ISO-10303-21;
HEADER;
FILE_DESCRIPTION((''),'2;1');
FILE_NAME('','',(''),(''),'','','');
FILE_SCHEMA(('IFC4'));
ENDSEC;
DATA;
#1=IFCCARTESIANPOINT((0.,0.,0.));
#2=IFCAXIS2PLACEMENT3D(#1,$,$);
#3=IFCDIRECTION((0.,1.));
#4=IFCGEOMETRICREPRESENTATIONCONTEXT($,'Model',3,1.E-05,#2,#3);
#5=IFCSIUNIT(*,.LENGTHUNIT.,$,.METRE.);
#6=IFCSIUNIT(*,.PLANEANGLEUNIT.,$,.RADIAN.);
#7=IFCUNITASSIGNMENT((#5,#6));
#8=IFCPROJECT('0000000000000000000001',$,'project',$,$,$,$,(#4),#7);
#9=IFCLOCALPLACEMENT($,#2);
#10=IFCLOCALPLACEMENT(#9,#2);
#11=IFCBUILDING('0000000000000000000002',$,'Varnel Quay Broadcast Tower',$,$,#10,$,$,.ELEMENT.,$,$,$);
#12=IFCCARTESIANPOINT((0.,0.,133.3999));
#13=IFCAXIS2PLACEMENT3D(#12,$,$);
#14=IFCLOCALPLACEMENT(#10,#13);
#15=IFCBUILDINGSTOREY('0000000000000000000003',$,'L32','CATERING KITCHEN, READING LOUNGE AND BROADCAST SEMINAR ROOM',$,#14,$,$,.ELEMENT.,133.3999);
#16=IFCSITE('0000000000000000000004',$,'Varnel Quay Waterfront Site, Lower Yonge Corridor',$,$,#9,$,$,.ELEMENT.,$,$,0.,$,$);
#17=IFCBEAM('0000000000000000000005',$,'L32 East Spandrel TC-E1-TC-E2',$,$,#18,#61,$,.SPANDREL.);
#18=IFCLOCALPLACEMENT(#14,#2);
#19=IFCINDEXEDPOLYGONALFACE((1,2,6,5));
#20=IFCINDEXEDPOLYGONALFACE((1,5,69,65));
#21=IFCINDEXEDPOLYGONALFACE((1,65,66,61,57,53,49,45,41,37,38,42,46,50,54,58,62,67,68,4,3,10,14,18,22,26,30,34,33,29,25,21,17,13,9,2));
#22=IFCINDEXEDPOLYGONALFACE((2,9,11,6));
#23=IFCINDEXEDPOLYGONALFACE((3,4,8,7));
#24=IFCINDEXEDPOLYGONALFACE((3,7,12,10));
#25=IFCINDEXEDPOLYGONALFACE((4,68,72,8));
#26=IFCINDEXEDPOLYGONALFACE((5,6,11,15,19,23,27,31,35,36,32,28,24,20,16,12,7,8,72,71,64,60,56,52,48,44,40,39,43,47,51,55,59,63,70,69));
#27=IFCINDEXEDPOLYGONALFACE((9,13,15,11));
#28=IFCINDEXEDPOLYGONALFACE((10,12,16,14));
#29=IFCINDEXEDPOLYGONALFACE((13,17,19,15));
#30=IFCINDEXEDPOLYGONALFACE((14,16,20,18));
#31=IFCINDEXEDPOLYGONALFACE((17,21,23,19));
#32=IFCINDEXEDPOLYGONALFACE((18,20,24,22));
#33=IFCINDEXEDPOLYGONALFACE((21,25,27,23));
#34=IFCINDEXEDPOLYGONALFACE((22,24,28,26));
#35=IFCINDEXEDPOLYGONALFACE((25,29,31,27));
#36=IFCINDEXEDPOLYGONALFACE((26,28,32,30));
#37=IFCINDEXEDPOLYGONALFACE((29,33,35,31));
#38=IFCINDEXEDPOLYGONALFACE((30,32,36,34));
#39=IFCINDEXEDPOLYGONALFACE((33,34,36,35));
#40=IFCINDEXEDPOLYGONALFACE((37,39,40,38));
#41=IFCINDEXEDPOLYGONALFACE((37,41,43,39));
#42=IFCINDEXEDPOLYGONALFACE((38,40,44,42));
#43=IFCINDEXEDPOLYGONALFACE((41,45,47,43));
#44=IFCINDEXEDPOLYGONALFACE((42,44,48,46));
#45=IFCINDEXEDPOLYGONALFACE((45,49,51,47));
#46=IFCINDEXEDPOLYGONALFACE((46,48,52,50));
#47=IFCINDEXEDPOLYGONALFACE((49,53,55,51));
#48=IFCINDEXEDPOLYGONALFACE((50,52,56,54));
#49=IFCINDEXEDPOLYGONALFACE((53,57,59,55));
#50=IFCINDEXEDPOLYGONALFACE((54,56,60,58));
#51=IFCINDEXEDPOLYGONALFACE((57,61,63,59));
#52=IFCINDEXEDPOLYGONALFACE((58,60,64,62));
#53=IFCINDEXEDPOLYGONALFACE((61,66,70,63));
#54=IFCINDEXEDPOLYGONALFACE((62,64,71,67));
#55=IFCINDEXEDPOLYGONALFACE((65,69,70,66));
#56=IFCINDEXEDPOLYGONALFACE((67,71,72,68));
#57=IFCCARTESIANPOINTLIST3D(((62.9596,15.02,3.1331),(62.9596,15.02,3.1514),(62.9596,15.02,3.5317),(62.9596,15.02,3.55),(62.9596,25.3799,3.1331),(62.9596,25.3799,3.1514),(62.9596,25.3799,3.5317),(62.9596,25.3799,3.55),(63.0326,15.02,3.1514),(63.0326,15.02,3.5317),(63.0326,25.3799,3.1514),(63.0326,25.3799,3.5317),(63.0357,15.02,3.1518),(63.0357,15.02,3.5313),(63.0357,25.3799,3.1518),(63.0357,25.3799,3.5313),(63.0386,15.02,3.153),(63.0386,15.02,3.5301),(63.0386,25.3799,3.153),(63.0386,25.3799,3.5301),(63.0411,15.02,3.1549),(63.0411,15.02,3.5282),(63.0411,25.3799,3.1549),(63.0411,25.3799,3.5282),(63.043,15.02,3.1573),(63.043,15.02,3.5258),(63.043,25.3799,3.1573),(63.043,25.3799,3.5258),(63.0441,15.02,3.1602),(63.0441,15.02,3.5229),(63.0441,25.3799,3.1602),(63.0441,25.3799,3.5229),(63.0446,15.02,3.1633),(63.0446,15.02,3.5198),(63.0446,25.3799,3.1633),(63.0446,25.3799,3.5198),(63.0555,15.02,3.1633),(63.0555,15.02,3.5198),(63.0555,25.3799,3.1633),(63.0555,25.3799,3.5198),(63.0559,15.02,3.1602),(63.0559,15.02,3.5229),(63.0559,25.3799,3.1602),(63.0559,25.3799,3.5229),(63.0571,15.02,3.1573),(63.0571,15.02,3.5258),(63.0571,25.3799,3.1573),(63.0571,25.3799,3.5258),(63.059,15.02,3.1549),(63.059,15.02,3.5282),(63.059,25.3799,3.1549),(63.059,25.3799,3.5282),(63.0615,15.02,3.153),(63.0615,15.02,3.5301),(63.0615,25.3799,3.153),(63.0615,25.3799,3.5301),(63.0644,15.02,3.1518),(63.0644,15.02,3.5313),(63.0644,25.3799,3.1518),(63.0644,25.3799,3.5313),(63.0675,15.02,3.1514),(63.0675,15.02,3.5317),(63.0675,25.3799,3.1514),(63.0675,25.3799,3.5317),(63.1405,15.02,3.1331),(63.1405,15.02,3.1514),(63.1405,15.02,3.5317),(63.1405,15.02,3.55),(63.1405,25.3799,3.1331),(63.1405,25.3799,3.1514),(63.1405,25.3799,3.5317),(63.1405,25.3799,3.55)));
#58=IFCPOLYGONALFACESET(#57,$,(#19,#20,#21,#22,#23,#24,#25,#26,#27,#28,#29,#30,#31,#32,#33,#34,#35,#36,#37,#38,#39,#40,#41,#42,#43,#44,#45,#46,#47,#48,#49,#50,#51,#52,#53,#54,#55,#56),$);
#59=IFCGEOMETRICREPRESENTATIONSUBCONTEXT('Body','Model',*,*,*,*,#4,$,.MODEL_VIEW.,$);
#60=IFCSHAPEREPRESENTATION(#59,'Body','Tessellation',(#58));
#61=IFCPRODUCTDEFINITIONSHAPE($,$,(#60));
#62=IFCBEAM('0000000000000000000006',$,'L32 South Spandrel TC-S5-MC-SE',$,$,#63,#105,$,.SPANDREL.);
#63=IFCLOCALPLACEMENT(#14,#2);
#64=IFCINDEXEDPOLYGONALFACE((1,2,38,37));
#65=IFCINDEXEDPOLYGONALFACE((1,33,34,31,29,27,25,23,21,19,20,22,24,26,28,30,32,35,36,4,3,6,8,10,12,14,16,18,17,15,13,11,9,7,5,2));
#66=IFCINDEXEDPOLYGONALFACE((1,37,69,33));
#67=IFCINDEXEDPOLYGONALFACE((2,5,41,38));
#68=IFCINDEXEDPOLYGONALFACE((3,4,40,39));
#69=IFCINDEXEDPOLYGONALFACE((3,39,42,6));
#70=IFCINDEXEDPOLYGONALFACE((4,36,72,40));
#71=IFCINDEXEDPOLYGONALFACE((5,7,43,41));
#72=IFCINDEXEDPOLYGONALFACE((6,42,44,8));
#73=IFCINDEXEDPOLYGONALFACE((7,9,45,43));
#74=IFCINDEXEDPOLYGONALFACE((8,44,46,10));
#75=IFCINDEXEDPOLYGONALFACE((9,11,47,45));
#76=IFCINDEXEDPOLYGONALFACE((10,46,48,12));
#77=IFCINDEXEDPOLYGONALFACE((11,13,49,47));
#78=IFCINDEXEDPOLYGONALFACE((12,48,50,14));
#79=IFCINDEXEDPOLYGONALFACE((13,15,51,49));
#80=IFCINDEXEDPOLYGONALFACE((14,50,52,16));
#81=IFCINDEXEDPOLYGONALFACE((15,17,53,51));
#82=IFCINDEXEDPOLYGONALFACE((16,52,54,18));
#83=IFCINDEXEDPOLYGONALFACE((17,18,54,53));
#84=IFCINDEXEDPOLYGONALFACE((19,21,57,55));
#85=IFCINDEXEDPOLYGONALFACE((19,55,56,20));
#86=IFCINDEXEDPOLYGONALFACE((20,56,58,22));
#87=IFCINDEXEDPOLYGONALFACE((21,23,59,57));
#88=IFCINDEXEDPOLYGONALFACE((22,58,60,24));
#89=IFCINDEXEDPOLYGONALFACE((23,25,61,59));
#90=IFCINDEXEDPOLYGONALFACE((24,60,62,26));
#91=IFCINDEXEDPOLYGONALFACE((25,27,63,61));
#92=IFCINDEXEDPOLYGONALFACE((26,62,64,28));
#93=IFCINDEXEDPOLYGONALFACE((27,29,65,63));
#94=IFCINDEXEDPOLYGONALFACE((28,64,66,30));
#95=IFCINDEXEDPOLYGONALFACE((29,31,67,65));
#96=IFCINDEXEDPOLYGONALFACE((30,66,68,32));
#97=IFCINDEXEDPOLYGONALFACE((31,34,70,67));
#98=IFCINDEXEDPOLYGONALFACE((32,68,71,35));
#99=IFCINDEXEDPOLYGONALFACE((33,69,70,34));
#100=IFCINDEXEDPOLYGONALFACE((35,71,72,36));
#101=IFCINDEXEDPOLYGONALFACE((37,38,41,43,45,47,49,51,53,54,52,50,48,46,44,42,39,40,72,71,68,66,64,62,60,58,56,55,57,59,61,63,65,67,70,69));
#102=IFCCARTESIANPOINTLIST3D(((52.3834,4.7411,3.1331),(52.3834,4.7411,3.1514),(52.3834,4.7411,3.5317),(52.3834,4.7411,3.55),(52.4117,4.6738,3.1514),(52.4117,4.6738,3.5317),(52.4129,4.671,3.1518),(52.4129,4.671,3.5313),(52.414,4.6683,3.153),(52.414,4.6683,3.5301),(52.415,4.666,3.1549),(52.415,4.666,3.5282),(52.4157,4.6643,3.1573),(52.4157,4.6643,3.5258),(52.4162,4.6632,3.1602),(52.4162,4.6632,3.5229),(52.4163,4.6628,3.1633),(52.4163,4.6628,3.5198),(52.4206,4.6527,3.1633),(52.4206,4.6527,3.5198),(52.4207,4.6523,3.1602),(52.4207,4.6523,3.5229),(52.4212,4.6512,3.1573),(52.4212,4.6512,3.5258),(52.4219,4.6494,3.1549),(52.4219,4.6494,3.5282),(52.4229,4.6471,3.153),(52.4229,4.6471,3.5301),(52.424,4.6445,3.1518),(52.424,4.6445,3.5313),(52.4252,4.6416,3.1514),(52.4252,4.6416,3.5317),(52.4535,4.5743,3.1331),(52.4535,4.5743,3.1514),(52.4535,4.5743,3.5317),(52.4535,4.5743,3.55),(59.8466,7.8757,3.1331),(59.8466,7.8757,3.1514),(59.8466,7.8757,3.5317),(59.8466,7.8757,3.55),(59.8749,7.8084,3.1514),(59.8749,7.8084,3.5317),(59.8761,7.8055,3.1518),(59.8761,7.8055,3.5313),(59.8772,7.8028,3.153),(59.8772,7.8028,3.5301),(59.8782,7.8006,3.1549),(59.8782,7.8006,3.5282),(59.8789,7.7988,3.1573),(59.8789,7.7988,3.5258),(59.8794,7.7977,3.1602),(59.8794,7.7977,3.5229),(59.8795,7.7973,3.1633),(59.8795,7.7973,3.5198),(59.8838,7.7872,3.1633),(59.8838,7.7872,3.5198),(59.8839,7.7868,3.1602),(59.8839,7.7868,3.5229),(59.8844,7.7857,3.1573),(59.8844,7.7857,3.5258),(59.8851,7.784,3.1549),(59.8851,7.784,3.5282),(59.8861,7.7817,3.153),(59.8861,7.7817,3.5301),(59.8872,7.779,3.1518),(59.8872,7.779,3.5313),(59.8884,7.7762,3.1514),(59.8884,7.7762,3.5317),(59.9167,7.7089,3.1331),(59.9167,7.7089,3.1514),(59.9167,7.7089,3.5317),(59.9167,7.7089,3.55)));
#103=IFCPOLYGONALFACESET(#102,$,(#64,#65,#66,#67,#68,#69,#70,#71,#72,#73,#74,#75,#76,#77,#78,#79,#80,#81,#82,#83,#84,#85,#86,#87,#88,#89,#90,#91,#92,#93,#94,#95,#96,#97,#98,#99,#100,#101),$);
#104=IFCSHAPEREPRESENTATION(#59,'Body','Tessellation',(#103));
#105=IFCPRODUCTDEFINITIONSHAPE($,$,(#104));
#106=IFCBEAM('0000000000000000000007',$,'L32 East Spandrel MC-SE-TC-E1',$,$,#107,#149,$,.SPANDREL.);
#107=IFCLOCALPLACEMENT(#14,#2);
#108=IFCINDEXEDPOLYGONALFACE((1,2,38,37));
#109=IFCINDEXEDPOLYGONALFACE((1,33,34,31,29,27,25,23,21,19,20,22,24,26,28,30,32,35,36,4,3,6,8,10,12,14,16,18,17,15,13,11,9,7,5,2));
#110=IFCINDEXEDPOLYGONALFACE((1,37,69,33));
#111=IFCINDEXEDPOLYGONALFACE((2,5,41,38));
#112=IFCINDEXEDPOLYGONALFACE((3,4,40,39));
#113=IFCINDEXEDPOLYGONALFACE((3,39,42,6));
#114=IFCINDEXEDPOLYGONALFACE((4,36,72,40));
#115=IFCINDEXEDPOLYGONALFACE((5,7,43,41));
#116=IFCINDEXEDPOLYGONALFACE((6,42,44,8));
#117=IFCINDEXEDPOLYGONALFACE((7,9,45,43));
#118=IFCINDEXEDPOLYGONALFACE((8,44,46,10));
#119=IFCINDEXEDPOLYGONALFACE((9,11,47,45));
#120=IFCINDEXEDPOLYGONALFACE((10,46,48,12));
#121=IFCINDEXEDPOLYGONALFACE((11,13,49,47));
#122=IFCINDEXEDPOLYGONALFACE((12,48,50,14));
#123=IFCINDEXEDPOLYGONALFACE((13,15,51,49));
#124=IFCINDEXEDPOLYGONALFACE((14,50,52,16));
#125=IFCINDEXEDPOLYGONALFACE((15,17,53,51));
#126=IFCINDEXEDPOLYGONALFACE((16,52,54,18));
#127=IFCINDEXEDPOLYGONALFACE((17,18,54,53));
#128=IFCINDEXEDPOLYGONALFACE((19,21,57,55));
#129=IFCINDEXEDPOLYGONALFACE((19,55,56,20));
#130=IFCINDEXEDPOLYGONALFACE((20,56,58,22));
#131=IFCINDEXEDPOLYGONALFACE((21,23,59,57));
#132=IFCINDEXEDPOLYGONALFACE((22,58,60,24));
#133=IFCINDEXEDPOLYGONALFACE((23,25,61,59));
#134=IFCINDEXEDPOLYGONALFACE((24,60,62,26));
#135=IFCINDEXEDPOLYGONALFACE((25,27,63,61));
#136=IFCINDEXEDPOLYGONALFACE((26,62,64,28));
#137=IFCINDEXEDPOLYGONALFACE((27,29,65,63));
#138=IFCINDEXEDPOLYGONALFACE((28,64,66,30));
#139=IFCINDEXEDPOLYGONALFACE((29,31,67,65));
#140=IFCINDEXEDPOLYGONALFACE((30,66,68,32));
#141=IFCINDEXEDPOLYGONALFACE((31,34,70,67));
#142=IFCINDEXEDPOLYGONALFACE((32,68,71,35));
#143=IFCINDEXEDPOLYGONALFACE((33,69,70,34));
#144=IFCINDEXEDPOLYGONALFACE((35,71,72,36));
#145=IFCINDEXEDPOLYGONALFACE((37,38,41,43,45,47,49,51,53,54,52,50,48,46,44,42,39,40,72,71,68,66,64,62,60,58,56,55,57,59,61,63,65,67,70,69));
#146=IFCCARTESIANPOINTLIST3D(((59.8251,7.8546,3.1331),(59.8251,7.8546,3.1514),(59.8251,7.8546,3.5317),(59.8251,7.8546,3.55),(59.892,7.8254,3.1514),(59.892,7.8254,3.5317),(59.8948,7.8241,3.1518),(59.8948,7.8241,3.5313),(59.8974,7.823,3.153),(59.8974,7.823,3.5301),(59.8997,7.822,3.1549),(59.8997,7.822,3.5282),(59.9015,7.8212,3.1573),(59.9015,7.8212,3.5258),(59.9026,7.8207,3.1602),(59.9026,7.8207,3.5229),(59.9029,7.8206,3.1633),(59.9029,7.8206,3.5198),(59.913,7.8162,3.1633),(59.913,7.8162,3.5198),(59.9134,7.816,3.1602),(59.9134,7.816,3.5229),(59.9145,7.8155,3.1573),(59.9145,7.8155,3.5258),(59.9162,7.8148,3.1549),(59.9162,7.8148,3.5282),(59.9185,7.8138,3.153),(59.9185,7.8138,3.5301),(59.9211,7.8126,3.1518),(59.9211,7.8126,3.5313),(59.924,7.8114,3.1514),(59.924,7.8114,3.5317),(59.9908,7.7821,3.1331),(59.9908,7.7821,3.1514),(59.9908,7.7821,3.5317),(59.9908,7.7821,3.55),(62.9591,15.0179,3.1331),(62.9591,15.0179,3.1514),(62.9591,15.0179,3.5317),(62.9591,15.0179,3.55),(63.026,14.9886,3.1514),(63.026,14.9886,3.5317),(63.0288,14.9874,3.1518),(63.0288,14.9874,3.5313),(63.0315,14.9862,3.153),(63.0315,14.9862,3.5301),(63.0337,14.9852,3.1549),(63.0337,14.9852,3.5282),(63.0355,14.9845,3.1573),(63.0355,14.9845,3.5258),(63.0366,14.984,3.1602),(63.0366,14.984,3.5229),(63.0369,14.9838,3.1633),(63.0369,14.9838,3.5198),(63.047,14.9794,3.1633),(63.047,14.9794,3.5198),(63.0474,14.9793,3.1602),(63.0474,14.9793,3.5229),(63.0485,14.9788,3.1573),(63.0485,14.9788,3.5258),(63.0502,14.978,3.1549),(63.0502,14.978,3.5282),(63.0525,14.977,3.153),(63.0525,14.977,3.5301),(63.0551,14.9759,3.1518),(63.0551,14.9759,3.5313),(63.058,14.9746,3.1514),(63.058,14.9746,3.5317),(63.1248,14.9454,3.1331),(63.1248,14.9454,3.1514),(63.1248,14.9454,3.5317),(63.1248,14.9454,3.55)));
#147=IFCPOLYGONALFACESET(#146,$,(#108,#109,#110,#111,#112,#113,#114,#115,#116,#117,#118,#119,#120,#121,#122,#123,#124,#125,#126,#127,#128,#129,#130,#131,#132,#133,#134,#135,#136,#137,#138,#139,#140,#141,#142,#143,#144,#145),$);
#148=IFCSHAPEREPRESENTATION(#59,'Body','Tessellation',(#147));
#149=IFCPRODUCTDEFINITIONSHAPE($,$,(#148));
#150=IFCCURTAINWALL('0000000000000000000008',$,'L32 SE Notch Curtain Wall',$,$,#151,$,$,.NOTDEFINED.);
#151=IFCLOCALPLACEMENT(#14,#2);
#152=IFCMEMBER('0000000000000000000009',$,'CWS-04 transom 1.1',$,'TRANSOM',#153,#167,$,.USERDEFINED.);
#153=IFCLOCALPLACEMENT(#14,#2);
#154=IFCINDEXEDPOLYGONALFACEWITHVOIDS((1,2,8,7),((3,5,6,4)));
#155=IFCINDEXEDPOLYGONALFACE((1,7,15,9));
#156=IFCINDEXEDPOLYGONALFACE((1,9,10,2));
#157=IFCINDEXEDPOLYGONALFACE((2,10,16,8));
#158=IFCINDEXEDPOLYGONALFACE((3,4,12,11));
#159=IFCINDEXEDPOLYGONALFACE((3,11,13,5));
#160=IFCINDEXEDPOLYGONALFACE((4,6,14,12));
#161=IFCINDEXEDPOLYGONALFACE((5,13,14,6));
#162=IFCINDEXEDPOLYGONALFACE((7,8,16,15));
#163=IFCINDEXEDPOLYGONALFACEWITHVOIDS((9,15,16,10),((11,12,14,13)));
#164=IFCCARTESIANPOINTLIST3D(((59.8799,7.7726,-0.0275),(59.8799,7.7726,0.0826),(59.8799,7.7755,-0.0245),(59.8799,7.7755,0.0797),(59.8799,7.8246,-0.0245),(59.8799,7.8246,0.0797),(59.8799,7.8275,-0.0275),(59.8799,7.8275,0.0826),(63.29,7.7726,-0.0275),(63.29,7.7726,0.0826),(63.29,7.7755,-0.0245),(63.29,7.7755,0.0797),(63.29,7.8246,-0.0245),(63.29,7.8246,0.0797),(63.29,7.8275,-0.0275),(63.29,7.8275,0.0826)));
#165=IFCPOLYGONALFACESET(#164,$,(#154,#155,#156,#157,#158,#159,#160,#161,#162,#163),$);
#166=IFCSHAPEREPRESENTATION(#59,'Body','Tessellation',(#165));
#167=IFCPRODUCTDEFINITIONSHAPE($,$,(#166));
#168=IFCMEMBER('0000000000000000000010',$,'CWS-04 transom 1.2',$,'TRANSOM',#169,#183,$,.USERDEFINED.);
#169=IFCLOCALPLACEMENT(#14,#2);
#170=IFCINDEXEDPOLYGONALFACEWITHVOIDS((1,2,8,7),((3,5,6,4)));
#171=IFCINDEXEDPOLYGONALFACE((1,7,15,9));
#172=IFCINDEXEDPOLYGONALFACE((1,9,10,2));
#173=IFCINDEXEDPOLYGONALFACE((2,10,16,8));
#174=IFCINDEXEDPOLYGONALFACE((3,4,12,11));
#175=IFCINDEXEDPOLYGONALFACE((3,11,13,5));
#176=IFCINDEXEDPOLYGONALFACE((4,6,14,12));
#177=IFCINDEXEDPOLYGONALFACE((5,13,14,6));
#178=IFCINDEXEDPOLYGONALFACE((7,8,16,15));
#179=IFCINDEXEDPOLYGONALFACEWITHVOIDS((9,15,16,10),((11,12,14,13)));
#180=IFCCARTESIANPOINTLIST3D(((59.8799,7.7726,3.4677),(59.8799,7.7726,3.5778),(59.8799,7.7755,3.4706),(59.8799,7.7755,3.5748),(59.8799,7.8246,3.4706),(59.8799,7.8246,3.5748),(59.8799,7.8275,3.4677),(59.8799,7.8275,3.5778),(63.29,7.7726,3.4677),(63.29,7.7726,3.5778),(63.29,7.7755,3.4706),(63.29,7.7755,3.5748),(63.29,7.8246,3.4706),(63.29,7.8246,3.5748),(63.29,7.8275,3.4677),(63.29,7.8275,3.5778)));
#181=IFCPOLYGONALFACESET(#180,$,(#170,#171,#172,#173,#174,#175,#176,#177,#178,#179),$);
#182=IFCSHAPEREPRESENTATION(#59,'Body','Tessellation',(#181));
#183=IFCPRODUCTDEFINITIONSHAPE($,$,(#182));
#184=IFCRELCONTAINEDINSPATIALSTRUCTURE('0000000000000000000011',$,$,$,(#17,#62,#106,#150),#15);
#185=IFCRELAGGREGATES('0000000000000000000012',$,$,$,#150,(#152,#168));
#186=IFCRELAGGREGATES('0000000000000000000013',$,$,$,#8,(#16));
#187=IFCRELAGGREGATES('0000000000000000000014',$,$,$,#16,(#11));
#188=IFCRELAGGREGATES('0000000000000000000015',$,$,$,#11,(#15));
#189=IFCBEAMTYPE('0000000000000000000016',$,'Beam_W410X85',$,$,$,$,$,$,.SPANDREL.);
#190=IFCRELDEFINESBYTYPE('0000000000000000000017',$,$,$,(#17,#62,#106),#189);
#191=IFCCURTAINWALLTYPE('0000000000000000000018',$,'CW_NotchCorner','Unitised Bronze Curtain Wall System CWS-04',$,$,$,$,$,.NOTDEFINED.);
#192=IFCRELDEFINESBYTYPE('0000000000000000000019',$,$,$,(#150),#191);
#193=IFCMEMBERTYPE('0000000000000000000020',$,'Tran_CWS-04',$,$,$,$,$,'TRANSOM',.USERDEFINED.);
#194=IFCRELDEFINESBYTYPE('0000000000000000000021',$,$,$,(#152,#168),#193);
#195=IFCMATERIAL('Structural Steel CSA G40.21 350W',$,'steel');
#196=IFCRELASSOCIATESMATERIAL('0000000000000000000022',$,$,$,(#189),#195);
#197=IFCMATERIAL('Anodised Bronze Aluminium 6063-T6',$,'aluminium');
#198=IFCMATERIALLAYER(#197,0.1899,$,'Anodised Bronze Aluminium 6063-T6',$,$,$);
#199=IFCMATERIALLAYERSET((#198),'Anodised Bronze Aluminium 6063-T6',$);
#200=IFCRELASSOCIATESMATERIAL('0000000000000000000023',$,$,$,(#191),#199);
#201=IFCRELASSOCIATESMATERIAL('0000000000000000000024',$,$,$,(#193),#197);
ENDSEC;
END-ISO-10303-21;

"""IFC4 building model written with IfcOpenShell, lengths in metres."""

from ifc_helpers import new_model, si_unit, direction, frame, origin, origin_2d, place, context, subcontext, project, spatial, hollow_rectangle, i_section, extrude, source, transform, mapped, material, layer, layer_set, material_profile, profile_set, type_object, type_shapes, element, aggregate, save


model = new_model("IFC4")

# Units and contexts
model_context = context("Model", 3, precision=1e-05, world=origin(), true_north=direction((0.0, 1.0)))
body_context = subcontext(model_context, "Body", "Model", "MODEL_VIEW")
ifc_project = project(units=[si_unit("LENGTHUNIT", "METRE"), si_unit("PLANEANGLEUNIT", "RADIAN")], contexts=[model_context])

# Site, building, storey
site_placement = place(None, origin())
site = spatial("IfcSite", under=ifc_project, at=site_placement, Name="Varnel Quay Waterfront Site, Lower Yonge Corridor", CompositionType="ELEMENT", RefElevation=0.0)
building_placement = place(site_placement, origin())
building = spatial("IfcBuilding", under=site, at=building_placement, Name="Varnel Quay Broadcast Tower", CompositionType="ELEMENT")
storey_placement = place(building_placement, frame((0.0, 0.0, 133.3999)))
storey = spatial("IfcBuildingStorey", under=building, at=storey_placement, Name="L32", Description="CATERING KITCHEN, READING LOUNGE AND BROADCAST SEMINAR ROOM", CompositionType="ELEMENT", Elevation=133.3999)

# Shared definitions
ifc_material_1 = material(Name="Structural Steel CSA G40.21 350W", Category="steel")

# Beams
ifc_material_profile_1 = material_profile(ifc_material_1, i_section(OverallWidth=0.1809, OverallDepth=0.417, WebThickness=0.011, FlangeThickness=0.0183, FilletRadius=0.012, at=origin_2d()), Name="W410X85")
ifc_profile_set_1 = profile_set([ifc_material_profile_1], Name="Structural Steel CSA G40.21 350W")
beam_type = type_object("IfcBeamType", Name="Beam_W410X85", PredefinedType="SPANDREL", material=ifc_profile_set_1)
shared_shape_1 = source(origin(), body_context, "Body", "SweptSolid", [
    extrude(i_section(OverallWidth=0.1809, OverallDepth=0.417, WebThickness=0.011, FlangeThickness=0.0183, FilletRadius=0.012, at=origin_2d()), origin(), (0.0, 0.0, 1.0), 10.3599),
])
beam_1_placement = place(storey_placement, frame((63.05, 15.02, 3.3416), z_axis=(0.0, 1.0, 0.0), x_axis=(-1.0, 0.0, 0.0)))
element("IfcBeam", 1, at=beam_1_placement, inside=storey, type_object=beam_type, Name="L32 East Spandrel TC-E1-TC-E2", PredefinedType="SPANDREL", context=body_context, shape_type="MappedRepresentation", body=[
    mapped(shared_shape_1, transform((0.0, 0.0, 0.0), x_axis=(1.0, 0.0, 0.0), y_axis=(0.0, 1.0, 0.0), z_axis=(0.0, 0.0, 1.0), scale=1.0)),
])
shared_shape_2 = source(origin(), body_context, "Body", "SweptSolid", [
    extrude(i_section(OverallWidth=0.1809, OverallDepth=0.417, WebThickness=0.011, FlangeThickness=0.0183, FilletRadius=0.012, at=origin_2d()), origin(), (0.0, 0.0, 1.0), 8.0947),
])
beam_2_placement = place(storey_placement, frame((52.4185, 4.6577, 3.3416), z_axis=(0.921982, 0.387233, 0.0), x_axis=(-0.387233, 0.921982, 0.0)))
element("IfcBeam", 2, at=beam_2_placement, inside=storey, type_object=beam_type, Name="L32 South Spandrel TC-S5-MC-SE", PredefinedType="SPANDREL", context=body_context, shape_type="MappedRepresentation", body=[
    mapped(shared_shape_2, transform((0.0, 0.0, 0.0), x_axis=(1.0, 0.0, 0.0), y_axis=(0.0, 1.0, 0.0), z_axis=(0.0, 0.0, 1.0), scale=1.0)),
])
shared_shape_3 = source(origin(), body_context, "Body", "SweptSolid", [
    extrude(i_section(OverallWidth=0.1809, OverallDepth=0.417, WebThickness=0.011, FlangeThickness=0.0183, FilletRadius=0.012, at=origin_2d()), origin(), (0.0, 0.0, 1.0), 7.8188),
])
type_shapes(beam_type, [shared_shape_1, shared_shape_2, shared_shape_3])
beam_3_placement = place(storey_placement, frame((59.908, 7.8184, 3.3416), z_axis=(0.400827, 0.916154, 0.0), x_axis=(-0.916154, 0.400827, 0.0)))
element("IfcBeam", 3, at=beam_3_placement, inside=storey, type_object=beam_type, Name="L32 East Spandrel MC-SE-TC-E1", PredefinedType="SPANDREL", context=body_context, shape_type="MappedRepresentation", body=[
    mapped(shared_shape_3, transform((0.0, 0.0, 0.0), x_axis=(1.0, 0.0, 0.0), y_axis=(0.0, 1.0, 0.0), z_axis=(0.0, 0.0, 1.0), scale=1.0)),
])

# Curtain wall, members
ifc_material_2 = material(Name="Anodised Bronze Aluminium 6063-T6", Category="aluminium")
ifc_layer_1 = layer(ifc_material_2, 0.1899, Name="Anodised Bronze Aluminium 6063-T6")
ifc_layer_set_1 = layer_set([ifc_layer_1], Name="Anodised Bronze Aluminium 6063-T6")
curtain_wall_type_1 = type_object("IfcCurtainWallType", Name="CW_NotchCorner", Description="Unitised Bronze Curtain Wall System CWS-04", PredefinedType="NOTDEFINED", material=ifc_layer_set_1)
curtain_wall_1_placement = place(storey_placement, origin())
curtain_wall_1 = element("IfcCurtainWall", 4, at=curtain_wall_1_placement, inside=storey, type_object=curtain_wall_type_1, Name="L32 SE Notch Curtain Wall", PredefinedType="NOTDEFINED")
ifc_material_profile_2 = material_profile(ifc_material_2, hollow_rectangle(XDim=0.0549, YDim=0.1101, WallThickness=0.0029, at=origin_2d()), Name="ALU55X110X3")
ifc_profile_set_2 = profile_set([ifc_material_profile_2], Name="Anodised Bronze Aluminium 6063-T6")
member_type_1 = type_object("IfcMemberType", Name="Tran_CWS-04", ElementType="TRANSOM", PredefinedType="USERDEFINED", material=ifc_profile_set_2)
shared_shape_4 = source(origin(), body_context, "Body", "SweptSolid", [
    extrude(hollow_rectangle(XDim=0.0549, YDim=0.1101, WallThickness=0.0029, at=origin_2d()), origin(), (0.0, 0.0, 1.0), 3.4102),
])
type_shapes(member_type_1, [shared_shape_4])
member_1_placement = place(storey_placement, frame((59.8799, 7.8, 0.0276), z_axis=(1.0, 0.0, 0.0), x_axis=(0.0, 1.0, 0.0)))
member_1 = element("IfcMember", 5, at=member_1_placement, type_object=member_type_1, Name="CWS-04 transom 1.1", ObjectType="TRANSOM", PredefinedType="USERDEFINED", context=body_context, shape_type="MappedRepresentation", body=[
    mapped(shared_shape_4, transform((0.0, 0.0, 0.0), x_axis=(1.0, 0.0, 0.0), y_axis=(0.0, 1.0, 0.0), z_axis=(0.0, 0.0, 1.0), scale=1.0)),
])
member_2_placement = place(storey_placement, frame((59.8799, 7.8, 3.5227), z_axis=(1.0, 0.0, 0.0), x_axis=(0.0, 1.0, 0.0)))
member_2 = element("IfcMember", 6, at=member_2_placement, type_object=member_type_1, Name="CWS-04 transom 1.2", ObjectType="TRANSOM", PredefinedType="USERDEFINED", context=body_context, shape_type="MappedRepresentation", body=[
    mapped(shared_shape_4, transform((0.0, 0.0, 0.0), x_axis=(1.0, 0.0, 0.0), y_axis=(0.0, 1.0, 0.0), z_axis=(0.0, 0.0, 1.0), scale=1.0)),
])

aggregate(curtain_wall_1, [member_1, member_2])

save(model, "model.ifc")
